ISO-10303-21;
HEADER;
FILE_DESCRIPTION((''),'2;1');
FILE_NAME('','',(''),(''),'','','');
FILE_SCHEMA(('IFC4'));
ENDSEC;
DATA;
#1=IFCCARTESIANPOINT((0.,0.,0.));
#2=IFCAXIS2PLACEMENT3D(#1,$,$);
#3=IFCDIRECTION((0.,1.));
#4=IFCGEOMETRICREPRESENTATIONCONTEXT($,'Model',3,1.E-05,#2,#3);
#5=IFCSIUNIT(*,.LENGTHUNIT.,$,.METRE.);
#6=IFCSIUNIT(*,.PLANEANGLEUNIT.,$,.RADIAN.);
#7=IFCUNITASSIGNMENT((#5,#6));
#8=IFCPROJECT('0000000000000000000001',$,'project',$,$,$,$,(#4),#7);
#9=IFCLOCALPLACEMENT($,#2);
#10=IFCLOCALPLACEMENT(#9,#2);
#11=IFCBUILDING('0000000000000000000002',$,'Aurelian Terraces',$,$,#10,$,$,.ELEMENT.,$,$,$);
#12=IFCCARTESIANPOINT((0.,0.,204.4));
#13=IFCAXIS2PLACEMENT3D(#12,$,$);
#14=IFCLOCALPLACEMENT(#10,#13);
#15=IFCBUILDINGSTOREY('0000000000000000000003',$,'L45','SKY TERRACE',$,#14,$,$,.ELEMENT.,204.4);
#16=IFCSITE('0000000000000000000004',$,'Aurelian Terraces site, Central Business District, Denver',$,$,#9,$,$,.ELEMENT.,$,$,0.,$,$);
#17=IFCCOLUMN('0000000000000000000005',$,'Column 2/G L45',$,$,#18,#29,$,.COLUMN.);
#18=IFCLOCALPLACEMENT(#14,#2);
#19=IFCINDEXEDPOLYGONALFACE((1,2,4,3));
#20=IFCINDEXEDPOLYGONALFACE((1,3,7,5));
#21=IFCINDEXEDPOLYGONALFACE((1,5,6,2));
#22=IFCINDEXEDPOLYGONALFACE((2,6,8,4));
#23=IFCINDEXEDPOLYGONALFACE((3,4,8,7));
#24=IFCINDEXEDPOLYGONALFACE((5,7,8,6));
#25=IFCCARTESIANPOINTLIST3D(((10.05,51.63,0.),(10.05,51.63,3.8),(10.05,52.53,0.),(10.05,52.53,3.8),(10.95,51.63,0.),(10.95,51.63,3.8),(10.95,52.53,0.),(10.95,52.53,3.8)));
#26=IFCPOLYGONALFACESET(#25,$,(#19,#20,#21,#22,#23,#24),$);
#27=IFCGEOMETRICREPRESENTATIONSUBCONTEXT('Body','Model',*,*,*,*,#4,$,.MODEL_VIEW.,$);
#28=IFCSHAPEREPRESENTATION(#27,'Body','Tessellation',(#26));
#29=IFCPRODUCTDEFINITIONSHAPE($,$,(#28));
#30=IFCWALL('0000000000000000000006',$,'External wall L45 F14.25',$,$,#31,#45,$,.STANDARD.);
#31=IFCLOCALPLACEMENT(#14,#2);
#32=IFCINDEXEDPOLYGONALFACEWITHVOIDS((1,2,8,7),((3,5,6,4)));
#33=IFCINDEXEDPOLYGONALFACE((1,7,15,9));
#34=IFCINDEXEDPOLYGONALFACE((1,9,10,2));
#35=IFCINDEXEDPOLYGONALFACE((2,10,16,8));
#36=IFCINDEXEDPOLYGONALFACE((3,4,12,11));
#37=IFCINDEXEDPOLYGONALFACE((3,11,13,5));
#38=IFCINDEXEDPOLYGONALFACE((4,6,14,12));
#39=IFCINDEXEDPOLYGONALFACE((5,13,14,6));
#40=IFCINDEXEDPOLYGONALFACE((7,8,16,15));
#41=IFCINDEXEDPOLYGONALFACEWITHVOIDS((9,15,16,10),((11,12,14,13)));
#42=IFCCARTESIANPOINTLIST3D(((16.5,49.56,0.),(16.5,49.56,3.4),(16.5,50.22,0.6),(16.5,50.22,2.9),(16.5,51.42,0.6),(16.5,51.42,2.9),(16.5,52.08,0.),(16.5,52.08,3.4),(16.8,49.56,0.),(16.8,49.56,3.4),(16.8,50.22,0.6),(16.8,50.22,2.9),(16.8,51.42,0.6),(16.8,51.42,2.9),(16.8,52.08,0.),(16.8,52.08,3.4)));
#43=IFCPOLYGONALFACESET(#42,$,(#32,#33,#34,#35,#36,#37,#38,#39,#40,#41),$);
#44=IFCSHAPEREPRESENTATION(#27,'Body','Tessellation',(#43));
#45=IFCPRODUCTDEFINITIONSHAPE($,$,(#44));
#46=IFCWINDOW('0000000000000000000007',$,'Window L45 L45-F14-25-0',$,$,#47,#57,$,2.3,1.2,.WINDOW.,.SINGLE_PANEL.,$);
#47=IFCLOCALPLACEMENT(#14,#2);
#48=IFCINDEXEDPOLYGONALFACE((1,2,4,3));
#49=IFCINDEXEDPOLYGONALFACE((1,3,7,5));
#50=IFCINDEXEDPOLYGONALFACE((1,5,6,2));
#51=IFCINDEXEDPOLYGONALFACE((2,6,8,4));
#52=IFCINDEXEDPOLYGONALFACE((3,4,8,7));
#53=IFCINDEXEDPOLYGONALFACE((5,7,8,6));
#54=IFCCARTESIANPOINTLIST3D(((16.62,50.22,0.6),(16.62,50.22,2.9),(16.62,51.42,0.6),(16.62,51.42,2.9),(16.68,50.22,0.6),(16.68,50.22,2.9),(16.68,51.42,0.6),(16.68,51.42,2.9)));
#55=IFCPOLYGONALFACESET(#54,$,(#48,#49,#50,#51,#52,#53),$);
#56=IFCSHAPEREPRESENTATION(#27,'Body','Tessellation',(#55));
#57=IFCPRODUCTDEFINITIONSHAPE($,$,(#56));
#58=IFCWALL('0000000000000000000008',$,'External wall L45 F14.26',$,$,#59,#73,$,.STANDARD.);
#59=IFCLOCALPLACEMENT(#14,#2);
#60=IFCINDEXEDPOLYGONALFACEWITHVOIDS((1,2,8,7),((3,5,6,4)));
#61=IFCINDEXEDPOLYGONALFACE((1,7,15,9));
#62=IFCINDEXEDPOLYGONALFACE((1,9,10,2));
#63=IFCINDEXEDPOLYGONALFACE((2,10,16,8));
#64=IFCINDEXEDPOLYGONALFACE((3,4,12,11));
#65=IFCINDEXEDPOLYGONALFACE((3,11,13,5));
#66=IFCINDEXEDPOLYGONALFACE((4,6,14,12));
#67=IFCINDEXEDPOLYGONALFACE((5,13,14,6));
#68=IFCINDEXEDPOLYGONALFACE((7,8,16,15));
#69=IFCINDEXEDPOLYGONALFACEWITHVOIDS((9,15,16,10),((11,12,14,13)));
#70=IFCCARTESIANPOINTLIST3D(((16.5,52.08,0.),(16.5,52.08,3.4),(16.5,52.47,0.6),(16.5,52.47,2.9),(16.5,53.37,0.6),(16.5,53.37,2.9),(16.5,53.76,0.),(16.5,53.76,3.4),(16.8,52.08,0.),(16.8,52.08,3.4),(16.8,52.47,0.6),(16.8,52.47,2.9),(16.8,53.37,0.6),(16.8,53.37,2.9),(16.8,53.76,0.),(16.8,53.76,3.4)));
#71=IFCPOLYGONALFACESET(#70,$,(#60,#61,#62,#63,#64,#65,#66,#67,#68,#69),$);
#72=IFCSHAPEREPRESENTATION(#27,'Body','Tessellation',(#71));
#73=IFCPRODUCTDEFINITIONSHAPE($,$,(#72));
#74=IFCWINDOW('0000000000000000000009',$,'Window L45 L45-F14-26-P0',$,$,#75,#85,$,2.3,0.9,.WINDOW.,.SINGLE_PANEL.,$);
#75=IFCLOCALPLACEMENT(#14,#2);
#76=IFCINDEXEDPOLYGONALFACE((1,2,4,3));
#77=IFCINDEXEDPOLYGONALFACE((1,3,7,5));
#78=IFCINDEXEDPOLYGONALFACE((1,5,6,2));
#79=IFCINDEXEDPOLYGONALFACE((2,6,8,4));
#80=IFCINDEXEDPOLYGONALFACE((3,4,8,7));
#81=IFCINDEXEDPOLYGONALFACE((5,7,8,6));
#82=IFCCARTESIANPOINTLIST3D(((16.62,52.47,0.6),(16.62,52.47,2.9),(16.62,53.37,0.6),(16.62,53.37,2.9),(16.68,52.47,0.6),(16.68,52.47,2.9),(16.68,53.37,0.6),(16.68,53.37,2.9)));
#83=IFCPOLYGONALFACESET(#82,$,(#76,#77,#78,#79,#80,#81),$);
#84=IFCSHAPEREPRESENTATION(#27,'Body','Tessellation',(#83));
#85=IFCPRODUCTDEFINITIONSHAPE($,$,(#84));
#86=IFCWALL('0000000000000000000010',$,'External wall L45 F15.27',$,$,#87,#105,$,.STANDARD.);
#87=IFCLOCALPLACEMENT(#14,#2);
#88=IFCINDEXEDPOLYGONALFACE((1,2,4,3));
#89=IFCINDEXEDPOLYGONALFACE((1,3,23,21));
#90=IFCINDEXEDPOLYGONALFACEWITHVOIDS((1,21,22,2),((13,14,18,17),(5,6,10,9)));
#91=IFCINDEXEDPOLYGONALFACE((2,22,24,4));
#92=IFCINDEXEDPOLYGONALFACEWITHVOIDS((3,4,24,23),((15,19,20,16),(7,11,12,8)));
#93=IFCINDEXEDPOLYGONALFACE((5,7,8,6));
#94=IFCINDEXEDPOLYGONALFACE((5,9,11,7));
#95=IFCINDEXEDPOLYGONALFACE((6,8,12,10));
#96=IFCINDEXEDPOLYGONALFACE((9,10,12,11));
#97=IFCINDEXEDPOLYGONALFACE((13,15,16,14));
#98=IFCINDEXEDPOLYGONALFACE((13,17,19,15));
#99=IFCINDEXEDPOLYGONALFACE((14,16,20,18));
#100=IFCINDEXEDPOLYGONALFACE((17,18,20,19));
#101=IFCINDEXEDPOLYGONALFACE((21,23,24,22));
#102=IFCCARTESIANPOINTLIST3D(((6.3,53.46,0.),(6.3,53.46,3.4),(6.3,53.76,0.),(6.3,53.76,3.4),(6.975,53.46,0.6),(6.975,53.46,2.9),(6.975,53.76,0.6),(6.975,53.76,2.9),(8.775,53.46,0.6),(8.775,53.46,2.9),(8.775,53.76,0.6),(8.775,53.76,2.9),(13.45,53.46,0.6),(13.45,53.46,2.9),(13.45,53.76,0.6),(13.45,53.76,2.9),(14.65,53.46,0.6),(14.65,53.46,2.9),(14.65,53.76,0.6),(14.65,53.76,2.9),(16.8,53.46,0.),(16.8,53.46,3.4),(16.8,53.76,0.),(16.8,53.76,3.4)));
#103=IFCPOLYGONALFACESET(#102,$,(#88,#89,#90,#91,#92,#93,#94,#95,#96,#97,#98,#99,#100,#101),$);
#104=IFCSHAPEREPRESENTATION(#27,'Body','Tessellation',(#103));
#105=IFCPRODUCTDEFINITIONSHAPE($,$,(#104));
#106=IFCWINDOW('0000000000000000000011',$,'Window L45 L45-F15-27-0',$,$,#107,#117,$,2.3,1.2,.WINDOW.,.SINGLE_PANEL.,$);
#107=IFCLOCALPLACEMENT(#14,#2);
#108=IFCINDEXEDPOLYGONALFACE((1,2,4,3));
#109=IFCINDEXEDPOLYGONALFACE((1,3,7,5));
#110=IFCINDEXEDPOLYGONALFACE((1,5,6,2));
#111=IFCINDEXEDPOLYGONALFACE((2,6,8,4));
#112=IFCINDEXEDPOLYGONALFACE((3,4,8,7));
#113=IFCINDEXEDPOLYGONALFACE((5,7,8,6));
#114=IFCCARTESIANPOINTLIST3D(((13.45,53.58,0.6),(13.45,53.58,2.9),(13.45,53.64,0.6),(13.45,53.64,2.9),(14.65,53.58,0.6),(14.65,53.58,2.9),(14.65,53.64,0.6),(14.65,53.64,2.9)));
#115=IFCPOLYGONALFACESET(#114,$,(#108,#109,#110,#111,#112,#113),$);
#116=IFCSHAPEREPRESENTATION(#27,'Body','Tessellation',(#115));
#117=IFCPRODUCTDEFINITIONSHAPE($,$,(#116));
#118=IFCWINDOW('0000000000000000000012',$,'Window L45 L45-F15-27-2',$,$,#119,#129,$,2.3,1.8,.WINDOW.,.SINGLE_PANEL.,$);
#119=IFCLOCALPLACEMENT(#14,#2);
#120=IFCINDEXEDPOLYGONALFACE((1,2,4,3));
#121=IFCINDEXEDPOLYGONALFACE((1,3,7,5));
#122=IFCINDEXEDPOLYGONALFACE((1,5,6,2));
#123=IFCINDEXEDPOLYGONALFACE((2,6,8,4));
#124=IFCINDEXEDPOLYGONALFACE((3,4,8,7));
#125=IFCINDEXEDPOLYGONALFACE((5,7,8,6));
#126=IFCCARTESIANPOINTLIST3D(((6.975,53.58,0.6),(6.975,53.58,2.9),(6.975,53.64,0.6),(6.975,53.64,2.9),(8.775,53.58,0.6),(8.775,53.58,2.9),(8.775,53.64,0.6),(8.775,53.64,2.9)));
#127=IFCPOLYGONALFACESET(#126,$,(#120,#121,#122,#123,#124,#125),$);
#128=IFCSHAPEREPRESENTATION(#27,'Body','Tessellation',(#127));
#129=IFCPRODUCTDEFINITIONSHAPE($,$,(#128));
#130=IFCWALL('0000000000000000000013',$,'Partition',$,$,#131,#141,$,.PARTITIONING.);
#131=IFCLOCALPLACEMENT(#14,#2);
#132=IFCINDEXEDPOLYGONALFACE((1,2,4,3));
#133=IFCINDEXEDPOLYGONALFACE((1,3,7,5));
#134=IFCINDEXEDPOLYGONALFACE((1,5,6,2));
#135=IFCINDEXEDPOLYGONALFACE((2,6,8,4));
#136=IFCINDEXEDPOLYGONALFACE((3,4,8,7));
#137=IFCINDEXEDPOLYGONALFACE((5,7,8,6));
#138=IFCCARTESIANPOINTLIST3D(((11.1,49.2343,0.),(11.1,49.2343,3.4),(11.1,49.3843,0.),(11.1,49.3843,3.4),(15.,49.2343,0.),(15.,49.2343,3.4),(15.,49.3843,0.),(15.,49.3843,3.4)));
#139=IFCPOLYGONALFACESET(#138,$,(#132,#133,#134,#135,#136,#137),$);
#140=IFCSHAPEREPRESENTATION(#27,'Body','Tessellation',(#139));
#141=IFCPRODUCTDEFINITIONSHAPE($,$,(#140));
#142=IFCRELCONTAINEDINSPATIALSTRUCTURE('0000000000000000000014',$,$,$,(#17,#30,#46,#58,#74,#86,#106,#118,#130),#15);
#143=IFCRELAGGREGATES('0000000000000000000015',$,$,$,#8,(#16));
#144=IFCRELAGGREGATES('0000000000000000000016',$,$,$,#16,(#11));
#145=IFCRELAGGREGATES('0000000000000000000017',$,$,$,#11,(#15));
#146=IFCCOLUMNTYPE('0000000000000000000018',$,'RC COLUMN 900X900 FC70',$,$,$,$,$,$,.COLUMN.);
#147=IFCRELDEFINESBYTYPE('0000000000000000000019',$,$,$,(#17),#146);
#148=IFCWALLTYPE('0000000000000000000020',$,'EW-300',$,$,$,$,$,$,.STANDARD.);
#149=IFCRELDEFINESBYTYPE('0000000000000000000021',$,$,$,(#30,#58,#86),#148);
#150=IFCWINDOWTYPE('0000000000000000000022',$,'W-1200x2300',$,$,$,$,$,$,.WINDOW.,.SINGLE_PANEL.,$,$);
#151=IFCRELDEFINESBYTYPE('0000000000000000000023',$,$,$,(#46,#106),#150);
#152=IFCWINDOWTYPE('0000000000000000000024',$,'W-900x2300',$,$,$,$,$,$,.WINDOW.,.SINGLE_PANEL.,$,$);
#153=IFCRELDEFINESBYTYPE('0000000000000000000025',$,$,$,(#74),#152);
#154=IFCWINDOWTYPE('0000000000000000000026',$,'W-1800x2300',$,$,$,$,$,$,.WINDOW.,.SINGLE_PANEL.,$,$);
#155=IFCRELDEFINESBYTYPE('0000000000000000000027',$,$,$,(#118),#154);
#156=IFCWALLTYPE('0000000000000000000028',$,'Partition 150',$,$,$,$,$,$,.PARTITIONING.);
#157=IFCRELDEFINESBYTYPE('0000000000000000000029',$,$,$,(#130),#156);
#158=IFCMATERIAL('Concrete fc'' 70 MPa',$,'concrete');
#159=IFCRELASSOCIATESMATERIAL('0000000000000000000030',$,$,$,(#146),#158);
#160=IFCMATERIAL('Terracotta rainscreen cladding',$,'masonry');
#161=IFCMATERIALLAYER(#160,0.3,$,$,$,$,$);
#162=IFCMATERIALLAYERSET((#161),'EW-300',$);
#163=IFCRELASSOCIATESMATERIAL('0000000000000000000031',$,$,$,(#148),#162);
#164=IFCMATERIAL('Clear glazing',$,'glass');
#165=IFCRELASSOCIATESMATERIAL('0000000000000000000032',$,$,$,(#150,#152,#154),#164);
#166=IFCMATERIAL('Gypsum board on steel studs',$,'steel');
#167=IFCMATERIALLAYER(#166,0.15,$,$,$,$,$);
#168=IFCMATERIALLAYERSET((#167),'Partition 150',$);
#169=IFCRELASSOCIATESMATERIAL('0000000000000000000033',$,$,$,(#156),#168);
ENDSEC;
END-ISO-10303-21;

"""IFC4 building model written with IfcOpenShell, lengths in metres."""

from ifc_helpers import new_model, si_unit, direction, frame, frame_2d, origin, origin_2d, place, context, subcontext, project, spatial, rectangle, extrude, source, transform, mapped, material, layer, layer_set, material_profile, profile_set, type_object, element, fill, save


model = new_model("IFC4")

# Units and contexts
model_context = context("Model", 3, precision=1e-05, world=origin(), true_north=direction((0.0, 1.0)))
body_context = subcontext(model_context, "Body", "Model", "MODEL_VIEW")
ifc_project = project(units=[si_unit("LENGTHUNIT", "METRE"), si_unit("PLANEANGLEUNIT", "RADIAN")], contexts=[model_context])

# Site, building, storey
site_placement = place(None, origin())
site = spatial("IfcSite", under=ifc_project, at=site_placement, Name="Aurelian Terraces site, Central Business District, Denver", CompositionType="ELEMENT", RefElevation=0.0)
building_placement = place(site_placement, origin())
building = spatial("IfcBuilding", under=site, at=building_placement, Name="Aurelian Terraces", CompositionType="ELEMENT")
storey_placement = place(building_placement, frame((0.0, 0.0, 204.4)))
storey = spatial("IfcBuildingStorey", under=building, at=storey_placement, Name="L45", Description="SKY TERRACE", CompositionType="ELEMENT", Elevation=204.4)

# Column
ifc_material_1 = material(Name="Concrete fc' 70 MPa", Category="concrete")
ifc_material_profile = material_profile(ifc_material_1, rectangle(XDim=0.9, YDim=0.9, at=origin_2d()))
ifc_profile_set = profile_set([ifc_material_profile], Name="Concrete fc' 70 MPa")
column_type = type_object("IfcColumnType", Name="RC COLUMN 900X900 FC70", PredefinedType="COLUMN", material=ifc_profile_set)
shared_shape_1 = source(origin(), body_context, "Body", "SweptSolid", [
    extrude(rectangle(XDim=0.9, YDim=0.9, at=origin_2d()), origin(), (0.0, 0.0, 1.0), 3.8),
])
column_placement = place(storey_placement, frame((10.5, 52.08, 0.0), z_axis=(0.0, 0.0, 1.0), x_axis=(1.0, 0.0, 0.0)))
element("IfcColumn", 1, at=column_placement, inside=storey, type_object=column_type, Name="Column 2/G L45", PredefinedType="COLUMN", context=body_context, shape_type="MappedRepresentation", body=[
    mapped(shared_shape_1, transform((0.0, 0.0, 0.0), scale=1.0)),
])

# Walls, openings, windows
ifc_material_2 = material(Name="Terracotta rainscreen cladding", Category="masonry")
ifc_layer_1 = layer(ifc_material_2, 0.3)
ifc_layer_set_1 = layer_set([ifc_layer_1], Name="EW-300")
wall_type_1 = type_object("IfcWallType", Name="EW-300", PredefinedType="STANDARD", material=ifc_layer_set_1)
shared_shape_2 = source(origin(), body_context, "Body", "SweptSolid", [
    extrude(rectangle(XDim=2.52, YDim=0.3, at=frame_2d((1.26, 0.0))), origin(), (0.0, 0.0, 1.0), 3.4),
])
wall_1_placement = place(storey_placement, frame((16.65, 49.56, 0.0), z_axis=(0.0, 0.0, 1.0), x_axis=(0.0, 1.0, 0.0)))
wall_1 = element("IfcWall", 2, at=wall_1_placement, inside=storey, type_object=wall_type_1, Name="External wall L45 F14.25", PredefinedType="STANDARD", context=body_context, shape_type="MappedRepresentation", body=[
    mapped(shared_shape_2, transform((0.0, 0.0, 0.0), scale=1.0)),
])
shared_shape_3 = source(origin(), body_context, "Body", "SweptSolid", [
    extrude(rectangle(XDim=1.2, YDim=2.3, at=frame_2d((0.6, 1.15))), frame((0.0, 0.16, 0.0), z_axis=(0.0, -1.0, 0.0), x_axis=(1.0, 0.0, 0.0)), (0.0, 0.0, 1.0), 0.32),
])
opening_1_placement = place(wall_1_placement, frame((0.66, 0.0, 0.6)))
opening_1 = element("IfcOpeningElement", 3, at=opening_1_placement, cuts=wall_1, PredefinedType="OPENING", context=body_context, shape_type="MappedRepresentation", body=[
    mapped(shared_shape_3, transform((0.0, 0.0, 0.0), scale=1.0)),
])
ifc_material_3 = material(Name="Clear glazing", Category="glass")
window_type_1 = type_object("IfcWindowType", Name="W-1200x2300", PartitioningType="SINGLE_PANEL", PredefinedType="WINDOW", material=ifc_material_3)
shared_shape_4 = source(origin(), body_context, "Body", "SweptSolid", [
    extrude(rectangle(XDim=1.2, YDim=2.3, at=frame_2d((0.6, 1.15))), frame((0.0, 0.03, 0.0), z_axis=(0.0, -1.0, 0.0), x_axis=(1.0, 0.0, 0.0)), (0.0, 0.0, 1.0), 0.06),
])
window_1_placement = place(opening_1_placement, origin())
window_1 = element("IfcWindow", 4, at=window_1_placement, inside=storey, type_object=window_type_1, Name="Window L45 L45-F14-25-0", OverallHeight=2.3, OverallWidth=1.2, PartitioningType="SINGLE_PANEL", PredefinedType="WINDOW", context=body_context, shape_type="MappedRepresentation", body=[
    mapped(shared_shape_4, transform((0.0, 0.0, 0.0), scale=1.0)),
])
fill(opening_1, window_1)
shared_shape_5 = source(origin(), body_context, "Body", "SweptSolid", [
    extrude(rectangle(XDim=1.68, YDim=0.3, at=frame_2d((0.84, 0.0))), origin(), (0.0, 0.0, 1.0), 3.4),
])
wall_2_placement = place(storey_placement, frame((16.65, 52.08, 0.0), z_axis=(0.0, 0.0, 1.0), x_axis=(0.0, 1.0, 0.0)))
wall_2 = element("IfcWall", 5, at=wall_2_placement, inside=storey, type_object=wall_type_1, Name="External wall L45 F14.26", PredefinedType="STANDARD", context=body_context, shape_type="MappedRepresentation", body=[
    mapped(shared_shape_5, transform((0.0, 0.0, 0.0), scale=1.0)),
])
shared_shape_6 = source(origin(), body_context, "Body", "SweptSolid", [
    extrude(rectangle(XDim=0.9, YDim=2.3, at=frame_2d((0.45, 1.15))), frame((0.0, 0.16, 0.0), z_axis=(0.0, -1.0, 0.0), x_axis=(1.0, 0.0, 0.0)), (0.0, 0.0, 1.0), 0.32),
])
opening_2_placement = place(wall_2_placement, frame((0.39, 0.0, 0.6)))
opening_2 = element("IfcOpeningElement", 6, at=opening_2_placement, cuts=wall_2, PredefinedType="OPENING", context=body_context, shape_type="MappedRepresentation", body=[
    mapped(shared_shape_6, transform((0.0, 0.0, 0.0), scale=1.0)),
])
window_type_2 = type_object("IfcWindowType", Name="W-900x2300", PartitioningType="SINGLE_PANEL", PredefinedType="WINDOW", material=ifc_material_3)
shared_shape_7 = source(origin(), body_context, "Body", "SweptSolid", [
    extrude(rectangle(XDim=0.9, YDim=2.3, at=frame_2d((0.45, 1.15))), frame((0.0, 0.03, 0.0), z_axis=(0.0, -1.0, 0.0), x_axis=(1.0, 0.0, 0.0)), (0.0, 0.0, 1.0), 0.06),
])
window_2_placement = place(opening_2_placement, origin())
window_2 = element("IfcWindow", 7, at=window_2_placement, inside=storey, type_object=window_type_2, Name="Window L45 L45-F14-26-P0", OverallHeight=2.3, OverallWidth=0.9, PartitioningType="SINGLE_PANEL", PredefinedType="WINDOW", context=body_context, shape_type="MappedRepresentation", body=[
    mapped(shared_shape_7, transform((0.0, 0.0, 0.0), scale=1.0)),
])
fill(opening_2, window_2)

# Wall, openings, windows
shared_shape_8 = source(origin(), body_context, "Body", "SweptSolid", [
    extrude(rectangle(XDim=10.5, YDim=0.3, at=frame_2d((5.25, 0.0))), origin(), (0.0, 0.0, 1.0), 3.4),
])
wall_3_placement = place(storey_placement, frame((16.8, 53.61, 0.0), z_axis=(0.0, 0.0, 1.0), x_axis=(-1.0, 0.0, 0.0)))
wall_3 = element("IfcWall", 8, at=wall_3_placement, inside=storey, type_object=wall_type_1, Name="External wall L45 F15.27", PredefinedType="STANDARD", context=body_context, shape_type="MappedRepresentation", body=[
    mapped(shared_shape_8, transform((0.0, 0.0, 0.0), scale=1.0)),
])
opening_3_placement = place(wall_3_placement, frame((2.15, 0.0, 0.6)))
opening_3 = element("IfcOpeningElement", 9, at=opening_3_placement, cuts=wall_3, PredefinedType="OPENING", context=body_context, shape_type="MappedRepresentation", body=[
    mapped(shared_shape_3, transform((0.0, 0.0, 0.0), scale=1.0)),
])
shared_shape_9 = source(origin(), body_context, "Body", "SweptSolid", [
    extrude(rectangle(XDim=1.8, YDim=2.3, at=frame_2d((0.9, 1.15))), frame((0.0, 0.16, 0.0), z_axis=(0.0, -1.0, 0.0), x_axis=(1.0, 0.0, 0.0)), (0.0, 0.0, 1.0), 0.32),
])
opening_4_placement = place(wall_3_placement, frame((8.025, 0.0, 0.6)))
opening_4 = element("IfcOpeningElement", 10, at=opening_4_placement, cuts=wall_3, PredefinedType="OPENING", context=body_context, shape_type="MappedRepresentation", body=[
    mapped(shared_shape_9, transform((0.0, 0.0, 0.0), scale=1.0)),
])
window_3_placement = place(opening_3_placement, origin())
window_3 = element("IfcWindow", 11, at=window_3_placement, inside=storey, type_object=window_type_1, Name="Window L45 L45-F15-27-0", OverallHeight=2.3, OverallWidth=1.2, PartitioningType="SINGLE_PANEL", PredefinedType="WINDOW", context=body_context, shape_type="MappedRepresentation", body=[
    mapped(shared_shape_4, transform((0.0, 0.0, 0.0), scale=1.0)),
])
fill(opening_3, window_3)
window_type_3 = type_object("IfcWindowType", Name="W-1800x2300", PartitioningType="SINGLE_PANEL", PredefinedType="WINDOW", material=ifc_material_3)
shared_shape_10 = source(origin(), body_context, "Body", "SweptSolid", [
    extrude(rectangle(XDim=1.8, YDim=2.3, at=frame_2d((0.9, 1.15))), frame((0.0, 0.03, 0.0), z_axis=(0.0, -1.0, 0.0), x_axis=(1.0, 0.0, 0.0)), (0.0, 0.0, 1.0), 0.06),
])
window_4_placement = place(opening_4_placement, origin())
window_4 = element("IfcWindow", 12, at=window_4_placement, inside=storey, type_object=window_type_3, Name="Window L45 L45-F15-27-2", OverallHeight=2.3, OverallWidth=1.8, PartitioningType="SINGLE_PANEL", PredefinedType="WINDOW", context=body_context, shape_type="MappedRepresentation", body=[
    mapped(shared_shape_10, transform((0.0, 0.0, 0.0), scale=1.0)),
])
fill(opening_4, window_4)

# Wall
ifc_material_4 = material(Name="Gypsum board on steel studs", Category="steel")
ifc_layer_2 = layer(ifc_material_4, 0.15)
ifc_layer_set_2 = layer_set([ifc_layer_2], Name="Partition 150")
wall_type_2 = type_object("IfcWallType", Name="Partition 150", PredefinedType="PARTITIONING", material=ifc_layer_set_2)
shared_shape_11 = source(origin(), body_context, "Body", "SweptSolid", [
    extrude(rectangle(XDim=3.9, YDim=0.15, at=frame_2d((1.95, 0.0))), origin(), (0.0, 0.0, 1.0), 3.4),
])
wall_4_placement = place(storey_placement, frame((15.0, 49.3093, 0.0), z_axis=(0.0, 0.0, 1.0), x_axis=(-1.0, 0.0, 0.0)))
element("IfcWall", 13, at=wall_4_placement, inside=storey, type_object=wall_type_2, Name="Partition", PredefinedType="PARTITIONING", context=body_context, shape_type="MappedRepresentation", body=[
    mapped(shared_shape_11, transform((0.0, 0.0, 0.0), scale=1.0)),
])

save(model, "model.ifc")
